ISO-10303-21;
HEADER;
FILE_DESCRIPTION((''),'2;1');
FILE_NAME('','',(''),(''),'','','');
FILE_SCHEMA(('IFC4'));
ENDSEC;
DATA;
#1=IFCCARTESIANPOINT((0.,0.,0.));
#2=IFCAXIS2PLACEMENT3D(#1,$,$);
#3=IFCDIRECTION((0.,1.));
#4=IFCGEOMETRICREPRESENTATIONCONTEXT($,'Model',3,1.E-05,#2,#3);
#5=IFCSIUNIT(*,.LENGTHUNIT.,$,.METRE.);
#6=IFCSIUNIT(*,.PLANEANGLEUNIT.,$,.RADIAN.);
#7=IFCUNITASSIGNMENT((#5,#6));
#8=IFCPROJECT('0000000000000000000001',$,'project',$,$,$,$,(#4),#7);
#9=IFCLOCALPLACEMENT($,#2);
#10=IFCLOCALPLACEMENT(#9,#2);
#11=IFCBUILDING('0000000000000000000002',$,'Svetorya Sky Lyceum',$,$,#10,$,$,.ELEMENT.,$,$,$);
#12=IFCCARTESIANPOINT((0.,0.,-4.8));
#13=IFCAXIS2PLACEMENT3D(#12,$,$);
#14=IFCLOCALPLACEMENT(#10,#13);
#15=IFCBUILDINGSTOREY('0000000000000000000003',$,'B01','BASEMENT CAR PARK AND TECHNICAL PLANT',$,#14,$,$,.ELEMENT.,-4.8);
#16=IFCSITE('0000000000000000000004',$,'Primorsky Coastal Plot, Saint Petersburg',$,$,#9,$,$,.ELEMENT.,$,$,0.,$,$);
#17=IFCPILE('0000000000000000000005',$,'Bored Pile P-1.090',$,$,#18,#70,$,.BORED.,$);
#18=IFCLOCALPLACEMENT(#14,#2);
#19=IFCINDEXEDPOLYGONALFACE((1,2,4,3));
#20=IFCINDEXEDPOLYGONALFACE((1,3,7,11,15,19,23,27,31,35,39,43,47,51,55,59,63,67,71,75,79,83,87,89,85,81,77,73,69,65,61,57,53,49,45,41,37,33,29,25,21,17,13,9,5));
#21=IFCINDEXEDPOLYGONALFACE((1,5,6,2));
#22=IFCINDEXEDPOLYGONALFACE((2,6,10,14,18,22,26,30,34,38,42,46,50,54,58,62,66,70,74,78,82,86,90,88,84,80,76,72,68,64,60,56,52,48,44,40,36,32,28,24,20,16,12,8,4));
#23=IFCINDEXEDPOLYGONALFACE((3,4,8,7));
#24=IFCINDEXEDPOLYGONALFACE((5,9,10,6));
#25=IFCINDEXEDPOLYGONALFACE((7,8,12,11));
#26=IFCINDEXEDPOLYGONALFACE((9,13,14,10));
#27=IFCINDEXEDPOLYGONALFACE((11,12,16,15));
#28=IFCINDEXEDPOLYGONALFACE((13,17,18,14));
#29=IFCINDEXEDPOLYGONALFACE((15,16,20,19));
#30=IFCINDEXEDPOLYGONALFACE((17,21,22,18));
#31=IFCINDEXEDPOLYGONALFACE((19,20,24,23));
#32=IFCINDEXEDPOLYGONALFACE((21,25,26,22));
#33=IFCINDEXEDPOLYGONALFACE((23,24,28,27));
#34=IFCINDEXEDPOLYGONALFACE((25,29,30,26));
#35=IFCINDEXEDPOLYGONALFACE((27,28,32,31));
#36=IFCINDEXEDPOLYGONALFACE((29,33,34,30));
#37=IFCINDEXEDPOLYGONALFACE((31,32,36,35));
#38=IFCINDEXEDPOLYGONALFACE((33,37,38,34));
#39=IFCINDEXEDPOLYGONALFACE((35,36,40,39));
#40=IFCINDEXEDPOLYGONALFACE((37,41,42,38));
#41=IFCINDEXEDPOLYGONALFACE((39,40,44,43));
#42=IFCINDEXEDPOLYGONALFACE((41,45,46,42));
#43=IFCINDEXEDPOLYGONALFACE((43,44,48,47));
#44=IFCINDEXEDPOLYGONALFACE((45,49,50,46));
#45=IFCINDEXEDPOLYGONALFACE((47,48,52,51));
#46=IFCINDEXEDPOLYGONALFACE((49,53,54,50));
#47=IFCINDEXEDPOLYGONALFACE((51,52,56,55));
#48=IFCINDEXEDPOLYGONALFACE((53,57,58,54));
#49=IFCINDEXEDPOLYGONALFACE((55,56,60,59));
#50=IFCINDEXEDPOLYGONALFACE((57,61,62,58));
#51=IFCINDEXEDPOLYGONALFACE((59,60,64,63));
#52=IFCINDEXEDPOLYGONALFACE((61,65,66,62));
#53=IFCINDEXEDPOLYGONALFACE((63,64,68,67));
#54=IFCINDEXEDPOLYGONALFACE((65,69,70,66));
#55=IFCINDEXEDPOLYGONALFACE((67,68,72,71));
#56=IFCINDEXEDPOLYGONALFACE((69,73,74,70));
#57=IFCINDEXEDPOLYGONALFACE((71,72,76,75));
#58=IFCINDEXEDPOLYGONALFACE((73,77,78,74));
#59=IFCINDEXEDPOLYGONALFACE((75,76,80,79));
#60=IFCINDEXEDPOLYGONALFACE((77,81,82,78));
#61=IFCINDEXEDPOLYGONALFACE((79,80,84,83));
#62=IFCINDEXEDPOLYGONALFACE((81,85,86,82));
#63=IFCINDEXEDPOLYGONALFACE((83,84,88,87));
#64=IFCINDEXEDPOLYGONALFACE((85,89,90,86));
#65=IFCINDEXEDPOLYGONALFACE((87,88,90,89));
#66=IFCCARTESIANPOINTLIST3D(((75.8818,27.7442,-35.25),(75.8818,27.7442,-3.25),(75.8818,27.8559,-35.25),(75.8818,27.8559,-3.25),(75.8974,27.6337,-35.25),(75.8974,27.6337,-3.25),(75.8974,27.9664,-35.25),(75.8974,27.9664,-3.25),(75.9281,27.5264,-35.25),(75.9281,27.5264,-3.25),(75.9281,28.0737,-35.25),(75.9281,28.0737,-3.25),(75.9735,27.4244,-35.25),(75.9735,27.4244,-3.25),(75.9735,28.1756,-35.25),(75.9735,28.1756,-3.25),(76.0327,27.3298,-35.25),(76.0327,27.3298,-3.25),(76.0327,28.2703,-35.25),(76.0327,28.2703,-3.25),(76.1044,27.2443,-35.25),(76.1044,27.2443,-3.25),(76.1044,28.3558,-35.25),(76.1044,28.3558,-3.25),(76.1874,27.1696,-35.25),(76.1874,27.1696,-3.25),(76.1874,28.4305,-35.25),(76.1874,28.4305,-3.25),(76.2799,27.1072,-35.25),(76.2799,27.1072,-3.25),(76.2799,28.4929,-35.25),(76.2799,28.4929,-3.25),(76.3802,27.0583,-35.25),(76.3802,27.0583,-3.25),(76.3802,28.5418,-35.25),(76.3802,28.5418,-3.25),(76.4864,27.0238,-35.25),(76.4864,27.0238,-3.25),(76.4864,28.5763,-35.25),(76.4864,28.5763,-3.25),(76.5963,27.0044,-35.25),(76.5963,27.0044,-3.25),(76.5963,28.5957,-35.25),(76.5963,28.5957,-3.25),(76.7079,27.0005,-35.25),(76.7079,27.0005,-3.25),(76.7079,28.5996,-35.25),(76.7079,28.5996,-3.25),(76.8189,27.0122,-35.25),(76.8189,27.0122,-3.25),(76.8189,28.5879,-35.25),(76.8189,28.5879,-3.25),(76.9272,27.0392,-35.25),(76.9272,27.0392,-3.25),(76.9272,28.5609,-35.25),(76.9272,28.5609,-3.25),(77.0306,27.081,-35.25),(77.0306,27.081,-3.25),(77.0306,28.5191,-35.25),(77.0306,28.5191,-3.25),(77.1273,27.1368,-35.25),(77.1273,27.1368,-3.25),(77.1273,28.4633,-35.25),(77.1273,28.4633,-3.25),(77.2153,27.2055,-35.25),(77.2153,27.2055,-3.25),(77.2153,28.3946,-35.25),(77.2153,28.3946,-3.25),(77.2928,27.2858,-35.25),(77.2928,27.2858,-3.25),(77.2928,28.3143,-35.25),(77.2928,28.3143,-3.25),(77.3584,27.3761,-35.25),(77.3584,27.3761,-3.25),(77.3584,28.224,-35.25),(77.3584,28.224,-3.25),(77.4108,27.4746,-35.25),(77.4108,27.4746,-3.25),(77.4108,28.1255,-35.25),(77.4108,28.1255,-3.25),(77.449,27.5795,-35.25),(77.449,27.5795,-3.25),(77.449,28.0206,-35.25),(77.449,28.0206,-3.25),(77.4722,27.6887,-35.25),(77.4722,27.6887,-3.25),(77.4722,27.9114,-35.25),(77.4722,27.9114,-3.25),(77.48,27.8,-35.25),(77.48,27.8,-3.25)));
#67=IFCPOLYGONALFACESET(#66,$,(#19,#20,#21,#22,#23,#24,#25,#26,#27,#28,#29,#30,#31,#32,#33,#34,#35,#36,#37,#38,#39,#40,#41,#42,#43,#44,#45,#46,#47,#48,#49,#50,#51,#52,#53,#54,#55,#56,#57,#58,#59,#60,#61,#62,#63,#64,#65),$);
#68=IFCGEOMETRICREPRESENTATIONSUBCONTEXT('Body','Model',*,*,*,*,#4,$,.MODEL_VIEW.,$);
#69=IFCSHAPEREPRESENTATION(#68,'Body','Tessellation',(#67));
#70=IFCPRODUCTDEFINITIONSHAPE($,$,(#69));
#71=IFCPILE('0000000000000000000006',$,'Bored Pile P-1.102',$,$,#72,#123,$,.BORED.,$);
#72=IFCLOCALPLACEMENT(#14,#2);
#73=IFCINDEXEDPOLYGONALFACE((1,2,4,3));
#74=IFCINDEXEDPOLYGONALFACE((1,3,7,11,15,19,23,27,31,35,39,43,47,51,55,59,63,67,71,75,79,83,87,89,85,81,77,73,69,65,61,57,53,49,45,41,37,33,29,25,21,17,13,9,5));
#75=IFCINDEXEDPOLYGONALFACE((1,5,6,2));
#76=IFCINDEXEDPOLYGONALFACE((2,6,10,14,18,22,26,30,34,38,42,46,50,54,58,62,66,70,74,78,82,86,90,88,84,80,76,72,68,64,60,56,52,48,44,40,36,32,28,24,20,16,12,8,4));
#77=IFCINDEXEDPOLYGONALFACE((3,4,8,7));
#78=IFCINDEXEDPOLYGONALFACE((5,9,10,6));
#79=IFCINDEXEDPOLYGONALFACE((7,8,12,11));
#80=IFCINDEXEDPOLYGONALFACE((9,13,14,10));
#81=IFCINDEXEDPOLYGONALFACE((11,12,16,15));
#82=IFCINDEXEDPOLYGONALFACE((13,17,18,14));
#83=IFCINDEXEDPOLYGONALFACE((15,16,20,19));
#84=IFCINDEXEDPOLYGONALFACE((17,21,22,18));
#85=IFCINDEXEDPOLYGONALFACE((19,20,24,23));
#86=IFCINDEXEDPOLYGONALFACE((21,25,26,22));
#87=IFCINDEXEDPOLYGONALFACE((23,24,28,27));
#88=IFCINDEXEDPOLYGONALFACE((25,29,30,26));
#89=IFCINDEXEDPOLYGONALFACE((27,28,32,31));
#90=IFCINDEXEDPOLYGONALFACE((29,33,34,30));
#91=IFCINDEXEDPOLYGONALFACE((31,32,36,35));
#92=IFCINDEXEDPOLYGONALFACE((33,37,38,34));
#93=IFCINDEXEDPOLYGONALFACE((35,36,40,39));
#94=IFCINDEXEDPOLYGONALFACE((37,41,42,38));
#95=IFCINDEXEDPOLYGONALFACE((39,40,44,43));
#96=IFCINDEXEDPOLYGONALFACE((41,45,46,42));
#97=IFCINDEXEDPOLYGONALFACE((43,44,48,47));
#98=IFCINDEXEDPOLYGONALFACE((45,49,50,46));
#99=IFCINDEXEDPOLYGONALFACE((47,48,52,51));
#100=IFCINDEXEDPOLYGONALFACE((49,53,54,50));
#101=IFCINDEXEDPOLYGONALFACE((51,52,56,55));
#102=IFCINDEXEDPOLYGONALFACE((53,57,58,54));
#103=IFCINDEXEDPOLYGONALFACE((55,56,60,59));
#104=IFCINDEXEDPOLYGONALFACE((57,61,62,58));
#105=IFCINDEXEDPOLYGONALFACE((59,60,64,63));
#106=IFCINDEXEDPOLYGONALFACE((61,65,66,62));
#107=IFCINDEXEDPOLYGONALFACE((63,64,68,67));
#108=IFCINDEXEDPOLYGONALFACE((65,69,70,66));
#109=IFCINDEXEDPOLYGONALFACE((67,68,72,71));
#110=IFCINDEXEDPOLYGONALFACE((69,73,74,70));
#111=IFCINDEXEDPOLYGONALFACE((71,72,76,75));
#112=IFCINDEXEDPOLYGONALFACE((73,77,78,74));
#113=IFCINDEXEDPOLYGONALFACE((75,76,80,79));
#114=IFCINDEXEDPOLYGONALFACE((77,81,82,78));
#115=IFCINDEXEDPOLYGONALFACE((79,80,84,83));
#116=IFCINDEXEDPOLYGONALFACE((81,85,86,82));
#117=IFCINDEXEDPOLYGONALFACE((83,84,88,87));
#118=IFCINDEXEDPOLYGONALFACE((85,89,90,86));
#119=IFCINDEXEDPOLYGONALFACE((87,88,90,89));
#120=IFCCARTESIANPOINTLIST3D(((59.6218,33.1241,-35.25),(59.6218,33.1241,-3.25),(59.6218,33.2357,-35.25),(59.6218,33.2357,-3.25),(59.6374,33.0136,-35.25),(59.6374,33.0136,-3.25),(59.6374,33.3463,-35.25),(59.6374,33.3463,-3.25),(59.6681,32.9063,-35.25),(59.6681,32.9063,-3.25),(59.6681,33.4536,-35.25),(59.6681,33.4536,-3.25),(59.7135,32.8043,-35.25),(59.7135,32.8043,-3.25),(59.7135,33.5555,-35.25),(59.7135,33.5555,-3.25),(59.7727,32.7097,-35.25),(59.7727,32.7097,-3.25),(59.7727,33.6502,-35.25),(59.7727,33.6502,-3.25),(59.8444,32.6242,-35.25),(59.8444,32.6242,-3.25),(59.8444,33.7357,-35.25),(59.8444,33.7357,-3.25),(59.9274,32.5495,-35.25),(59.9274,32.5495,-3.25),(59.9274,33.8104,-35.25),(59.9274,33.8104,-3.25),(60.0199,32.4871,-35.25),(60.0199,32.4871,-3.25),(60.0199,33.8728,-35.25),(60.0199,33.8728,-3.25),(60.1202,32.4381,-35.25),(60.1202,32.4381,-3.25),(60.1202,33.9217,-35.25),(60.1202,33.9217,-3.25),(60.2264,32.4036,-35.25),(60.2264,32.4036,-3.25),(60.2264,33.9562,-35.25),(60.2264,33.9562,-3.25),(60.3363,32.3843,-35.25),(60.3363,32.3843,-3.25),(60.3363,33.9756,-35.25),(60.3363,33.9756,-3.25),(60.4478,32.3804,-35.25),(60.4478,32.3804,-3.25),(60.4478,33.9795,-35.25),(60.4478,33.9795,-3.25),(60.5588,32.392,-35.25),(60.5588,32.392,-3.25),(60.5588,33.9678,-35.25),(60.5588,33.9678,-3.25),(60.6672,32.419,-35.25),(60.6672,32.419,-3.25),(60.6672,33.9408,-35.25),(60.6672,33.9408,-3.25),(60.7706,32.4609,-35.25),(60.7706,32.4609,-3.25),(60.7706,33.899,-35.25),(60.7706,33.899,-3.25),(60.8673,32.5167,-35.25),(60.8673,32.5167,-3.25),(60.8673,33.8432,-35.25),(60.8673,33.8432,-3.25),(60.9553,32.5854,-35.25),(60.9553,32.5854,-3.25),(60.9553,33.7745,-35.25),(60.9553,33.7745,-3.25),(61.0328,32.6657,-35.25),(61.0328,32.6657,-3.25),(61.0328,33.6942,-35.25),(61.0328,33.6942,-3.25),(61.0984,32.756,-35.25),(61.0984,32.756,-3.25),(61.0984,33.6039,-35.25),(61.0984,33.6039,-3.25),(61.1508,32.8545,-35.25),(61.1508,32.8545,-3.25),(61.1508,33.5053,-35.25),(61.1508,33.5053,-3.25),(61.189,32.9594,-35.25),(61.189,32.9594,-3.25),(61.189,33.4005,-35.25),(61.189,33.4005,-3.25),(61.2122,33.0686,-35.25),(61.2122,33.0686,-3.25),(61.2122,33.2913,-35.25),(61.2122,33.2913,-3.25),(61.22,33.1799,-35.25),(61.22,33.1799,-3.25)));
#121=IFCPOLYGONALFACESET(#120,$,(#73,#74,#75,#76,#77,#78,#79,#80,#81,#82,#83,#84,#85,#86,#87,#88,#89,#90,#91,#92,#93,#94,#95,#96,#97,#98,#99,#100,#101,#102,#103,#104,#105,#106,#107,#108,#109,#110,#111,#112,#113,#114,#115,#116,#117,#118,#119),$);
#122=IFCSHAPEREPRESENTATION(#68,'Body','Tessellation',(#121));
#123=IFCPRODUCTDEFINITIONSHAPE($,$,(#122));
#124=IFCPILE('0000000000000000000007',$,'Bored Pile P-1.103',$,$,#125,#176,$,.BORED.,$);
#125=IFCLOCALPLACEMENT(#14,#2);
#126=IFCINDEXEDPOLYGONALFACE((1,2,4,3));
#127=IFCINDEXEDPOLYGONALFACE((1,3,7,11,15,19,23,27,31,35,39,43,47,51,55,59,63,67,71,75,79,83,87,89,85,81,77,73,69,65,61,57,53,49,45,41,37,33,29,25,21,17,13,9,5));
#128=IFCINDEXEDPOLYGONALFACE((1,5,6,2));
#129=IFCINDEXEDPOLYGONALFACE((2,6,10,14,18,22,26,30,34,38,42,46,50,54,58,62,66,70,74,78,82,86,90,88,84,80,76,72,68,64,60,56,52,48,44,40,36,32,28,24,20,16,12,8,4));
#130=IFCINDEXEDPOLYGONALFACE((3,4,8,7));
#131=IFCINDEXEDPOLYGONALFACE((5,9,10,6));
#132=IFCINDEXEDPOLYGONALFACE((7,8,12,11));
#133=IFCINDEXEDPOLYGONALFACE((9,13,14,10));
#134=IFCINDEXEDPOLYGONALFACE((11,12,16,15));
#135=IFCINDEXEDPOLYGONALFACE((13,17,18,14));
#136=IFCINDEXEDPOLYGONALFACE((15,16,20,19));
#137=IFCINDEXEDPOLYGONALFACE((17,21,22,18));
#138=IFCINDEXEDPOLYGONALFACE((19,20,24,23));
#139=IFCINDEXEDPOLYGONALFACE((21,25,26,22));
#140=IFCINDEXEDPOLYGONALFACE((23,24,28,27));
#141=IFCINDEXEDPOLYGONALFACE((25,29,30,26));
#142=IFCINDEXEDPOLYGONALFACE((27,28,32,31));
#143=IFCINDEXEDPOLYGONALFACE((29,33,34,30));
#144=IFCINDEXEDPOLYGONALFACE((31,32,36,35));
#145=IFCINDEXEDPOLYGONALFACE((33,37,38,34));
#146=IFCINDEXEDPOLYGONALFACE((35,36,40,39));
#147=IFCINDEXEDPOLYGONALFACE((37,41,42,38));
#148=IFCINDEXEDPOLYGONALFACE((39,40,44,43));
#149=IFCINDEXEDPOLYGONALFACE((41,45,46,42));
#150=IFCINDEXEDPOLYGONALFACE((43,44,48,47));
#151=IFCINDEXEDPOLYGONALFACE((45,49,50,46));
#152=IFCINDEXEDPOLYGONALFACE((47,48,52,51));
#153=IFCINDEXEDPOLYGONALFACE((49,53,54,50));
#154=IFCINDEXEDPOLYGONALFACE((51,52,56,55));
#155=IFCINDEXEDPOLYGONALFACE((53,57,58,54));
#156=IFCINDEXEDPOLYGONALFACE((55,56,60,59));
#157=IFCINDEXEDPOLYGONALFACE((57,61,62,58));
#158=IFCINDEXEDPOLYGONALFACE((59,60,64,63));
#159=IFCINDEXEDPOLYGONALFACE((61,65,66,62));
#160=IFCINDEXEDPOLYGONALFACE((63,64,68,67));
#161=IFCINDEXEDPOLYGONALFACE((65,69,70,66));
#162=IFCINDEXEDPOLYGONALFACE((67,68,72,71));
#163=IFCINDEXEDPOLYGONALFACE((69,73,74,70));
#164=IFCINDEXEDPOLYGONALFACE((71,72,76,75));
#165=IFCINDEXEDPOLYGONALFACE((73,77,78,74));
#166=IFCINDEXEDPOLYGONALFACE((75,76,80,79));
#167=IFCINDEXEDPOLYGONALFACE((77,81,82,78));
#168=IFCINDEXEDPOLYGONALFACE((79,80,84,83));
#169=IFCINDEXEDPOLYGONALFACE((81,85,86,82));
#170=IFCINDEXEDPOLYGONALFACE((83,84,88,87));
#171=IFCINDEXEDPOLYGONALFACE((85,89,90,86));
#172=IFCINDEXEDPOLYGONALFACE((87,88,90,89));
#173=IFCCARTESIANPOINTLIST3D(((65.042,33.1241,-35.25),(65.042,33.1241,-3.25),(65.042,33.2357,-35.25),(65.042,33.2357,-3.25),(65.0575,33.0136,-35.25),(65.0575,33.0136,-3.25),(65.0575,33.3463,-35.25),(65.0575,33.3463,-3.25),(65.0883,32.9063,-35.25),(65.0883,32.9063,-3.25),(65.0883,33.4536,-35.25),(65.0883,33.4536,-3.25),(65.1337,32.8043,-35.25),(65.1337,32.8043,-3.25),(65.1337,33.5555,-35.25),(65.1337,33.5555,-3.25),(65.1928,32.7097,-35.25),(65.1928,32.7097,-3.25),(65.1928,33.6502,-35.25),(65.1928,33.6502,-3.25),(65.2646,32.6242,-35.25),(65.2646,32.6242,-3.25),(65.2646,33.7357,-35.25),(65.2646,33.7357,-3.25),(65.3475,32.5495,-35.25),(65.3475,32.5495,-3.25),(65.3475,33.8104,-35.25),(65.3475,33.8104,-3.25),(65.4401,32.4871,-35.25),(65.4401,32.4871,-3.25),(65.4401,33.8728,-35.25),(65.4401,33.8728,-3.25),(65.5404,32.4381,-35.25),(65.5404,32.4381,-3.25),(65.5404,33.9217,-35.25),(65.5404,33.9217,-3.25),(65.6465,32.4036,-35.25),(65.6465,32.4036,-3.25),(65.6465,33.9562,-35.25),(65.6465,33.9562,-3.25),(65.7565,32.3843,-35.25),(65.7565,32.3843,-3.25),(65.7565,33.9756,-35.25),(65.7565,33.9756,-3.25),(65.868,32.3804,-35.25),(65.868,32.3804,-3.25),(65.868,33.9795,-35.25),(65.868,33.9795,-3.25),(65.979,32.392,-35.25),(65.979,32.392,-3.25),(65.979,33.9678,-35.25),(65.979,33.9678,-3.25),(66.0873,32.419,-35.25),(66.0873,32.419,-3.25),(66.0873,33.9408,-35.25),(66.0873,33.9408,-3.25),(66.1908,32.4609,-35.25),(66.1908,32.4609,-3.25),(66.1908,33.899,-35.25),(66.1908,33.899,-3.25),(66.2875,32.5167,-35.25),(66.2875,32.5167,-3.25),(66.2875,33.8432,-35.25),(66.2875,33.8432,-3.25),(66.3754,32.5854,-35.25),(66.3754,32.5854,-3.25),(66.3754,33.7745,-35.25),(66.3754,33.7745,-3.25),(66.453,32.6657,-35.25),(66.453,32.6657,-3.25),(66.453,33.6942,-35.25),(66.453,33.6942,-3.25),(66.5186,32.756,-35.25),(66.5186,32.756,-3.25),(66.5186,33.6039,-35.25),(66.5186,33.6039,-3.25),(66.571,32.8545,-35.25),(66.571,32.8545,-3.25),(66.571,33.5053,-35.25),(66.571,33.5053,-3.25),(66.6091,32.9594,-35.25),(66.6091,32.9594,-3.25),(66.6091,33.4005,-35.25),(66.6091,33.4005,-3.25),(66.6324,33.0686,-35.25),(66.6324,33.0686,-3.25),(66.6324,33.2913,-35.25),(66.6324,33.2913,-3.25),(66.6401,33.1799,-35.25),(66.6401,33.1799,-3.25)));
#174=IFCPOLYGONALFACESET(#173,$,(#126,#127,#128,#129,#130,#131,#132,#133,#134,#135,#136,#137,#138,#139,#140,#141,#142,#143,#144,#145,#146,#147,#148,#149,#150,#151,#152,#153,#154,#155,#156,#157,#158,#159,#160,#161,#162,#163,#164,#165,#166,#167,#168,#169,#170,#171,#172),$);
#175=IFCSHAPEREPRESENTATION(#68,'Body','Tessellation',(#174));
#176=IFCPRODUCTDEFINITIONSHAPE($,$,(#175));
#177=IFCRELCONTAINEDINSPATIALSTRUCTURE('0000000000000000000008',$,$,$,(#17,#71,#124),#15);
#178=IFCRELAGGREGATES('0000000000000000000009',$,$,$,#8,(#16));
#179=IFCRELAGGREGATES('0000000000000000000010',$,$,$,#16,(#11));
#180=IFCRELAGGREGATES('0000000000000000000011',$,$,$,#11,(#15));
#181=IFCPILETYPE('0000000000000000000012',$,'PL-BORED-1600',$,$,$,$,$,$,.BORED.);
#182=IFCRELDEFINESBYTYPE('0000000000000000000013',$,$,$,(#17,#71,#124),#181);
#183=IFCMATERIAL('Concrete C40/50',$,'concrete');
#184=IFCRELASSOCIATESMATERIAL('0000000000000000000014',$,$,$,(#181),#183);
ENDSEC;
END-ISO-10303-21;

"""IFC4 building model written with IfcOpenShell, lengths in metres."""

from ifc_helpers import new_model, si_unit, direction, frame, origin, origin_2d, place, context, subcontext, project, spatial, circle, extrude, material, material_profile, profile_set, type_object, element, save


model = new_model("IFC4")

# Units and contexts
model_context = context("Model", 3, precision=1e-05, world=origin(), true_north=direction((0.0, 1.0)))
body_context = subcontext(model_context, "Body", "Model", "MODEL_VIEW")
ifc_project = project(units=[si_unit("LENGTHUNIT", "METRE"), si_unit("PLANEANGLEUNIT", "RADIAN")], contexts=[model_context])

# Site, building, storey
site_placement = place(None, origin())
site = spatial("IfcSite", under=ifc_project, at=site_placement, Name="Primorsky Coastal Plot, Saint Petersburg", CompositionType="ELEMENT", RefElevation=0.0)
building_placement = place(site_placement, origin())
building = spatial("IfcBuilding", under=site, at=building_placement, Name="Svetorya Sky Lyceum", CompositionType="ELEMENT")
storey_placement = place(building_placement, frame((0.0, 0.0, -4.8)))
storey = spatial("IfcBuildingStorey", under=building, at=storey_placement, Name="B01", Description="BASEMENT CAR PARK AND TECHNICAL PLANT", CompositionType="ELEMENT", Elevation=-4.8)

# Piles
ifc_material_1 = material(Name="Concrete C40/50", Category="concrete")
ifc_material_profile_1 = material_profile(ifc_material_1, circle(Radius=0.8, at=origin_2d()), Name="RC PILE D1600")
ifc_profile_set_1 = profile_set([ifc_material_profile_1], Name="Concrete C40/50")
pile_type = type_object("IfcPileType", Name="PL-BORED-1600", PredefinedType="BORED", material=ifc_profile_set_1)
for number, where, z_axis, x_axis, name in (
    (1, (76.6799, 27.8, -3.25), (0.0, 0.0, -1.0), (1.0, 0.0, 0.0), "Bored Pile P-1.090"),
    (2, (60.4199, 33.1799, -3.25), (0.0, 0.0, -1.0), (1.0, 0.0, 0.0), "Bored Pile P-1.102"),
    (3, (65.8401, 33.1799, -3.25), (0.0, 0.0, -1.0), (1.0, 0.0, 0.0), "Bored Pile P-1.103"),
):
    element("IfcPile", number, at=place(storey_placement, frame(where, z_axis=z_axis, x_axis=x_axis)), inside=storey, type_object=pile_type, Name=name, PredefinedType="BORED", context=body_context, shape_type="SweptSolid", body=[
        extrude(circle(Radius=0.8, at=origin_2d()), origin(), (0.0, 0.0, 1.0), 32.0),
    ])

save(model, "model.ifc")
